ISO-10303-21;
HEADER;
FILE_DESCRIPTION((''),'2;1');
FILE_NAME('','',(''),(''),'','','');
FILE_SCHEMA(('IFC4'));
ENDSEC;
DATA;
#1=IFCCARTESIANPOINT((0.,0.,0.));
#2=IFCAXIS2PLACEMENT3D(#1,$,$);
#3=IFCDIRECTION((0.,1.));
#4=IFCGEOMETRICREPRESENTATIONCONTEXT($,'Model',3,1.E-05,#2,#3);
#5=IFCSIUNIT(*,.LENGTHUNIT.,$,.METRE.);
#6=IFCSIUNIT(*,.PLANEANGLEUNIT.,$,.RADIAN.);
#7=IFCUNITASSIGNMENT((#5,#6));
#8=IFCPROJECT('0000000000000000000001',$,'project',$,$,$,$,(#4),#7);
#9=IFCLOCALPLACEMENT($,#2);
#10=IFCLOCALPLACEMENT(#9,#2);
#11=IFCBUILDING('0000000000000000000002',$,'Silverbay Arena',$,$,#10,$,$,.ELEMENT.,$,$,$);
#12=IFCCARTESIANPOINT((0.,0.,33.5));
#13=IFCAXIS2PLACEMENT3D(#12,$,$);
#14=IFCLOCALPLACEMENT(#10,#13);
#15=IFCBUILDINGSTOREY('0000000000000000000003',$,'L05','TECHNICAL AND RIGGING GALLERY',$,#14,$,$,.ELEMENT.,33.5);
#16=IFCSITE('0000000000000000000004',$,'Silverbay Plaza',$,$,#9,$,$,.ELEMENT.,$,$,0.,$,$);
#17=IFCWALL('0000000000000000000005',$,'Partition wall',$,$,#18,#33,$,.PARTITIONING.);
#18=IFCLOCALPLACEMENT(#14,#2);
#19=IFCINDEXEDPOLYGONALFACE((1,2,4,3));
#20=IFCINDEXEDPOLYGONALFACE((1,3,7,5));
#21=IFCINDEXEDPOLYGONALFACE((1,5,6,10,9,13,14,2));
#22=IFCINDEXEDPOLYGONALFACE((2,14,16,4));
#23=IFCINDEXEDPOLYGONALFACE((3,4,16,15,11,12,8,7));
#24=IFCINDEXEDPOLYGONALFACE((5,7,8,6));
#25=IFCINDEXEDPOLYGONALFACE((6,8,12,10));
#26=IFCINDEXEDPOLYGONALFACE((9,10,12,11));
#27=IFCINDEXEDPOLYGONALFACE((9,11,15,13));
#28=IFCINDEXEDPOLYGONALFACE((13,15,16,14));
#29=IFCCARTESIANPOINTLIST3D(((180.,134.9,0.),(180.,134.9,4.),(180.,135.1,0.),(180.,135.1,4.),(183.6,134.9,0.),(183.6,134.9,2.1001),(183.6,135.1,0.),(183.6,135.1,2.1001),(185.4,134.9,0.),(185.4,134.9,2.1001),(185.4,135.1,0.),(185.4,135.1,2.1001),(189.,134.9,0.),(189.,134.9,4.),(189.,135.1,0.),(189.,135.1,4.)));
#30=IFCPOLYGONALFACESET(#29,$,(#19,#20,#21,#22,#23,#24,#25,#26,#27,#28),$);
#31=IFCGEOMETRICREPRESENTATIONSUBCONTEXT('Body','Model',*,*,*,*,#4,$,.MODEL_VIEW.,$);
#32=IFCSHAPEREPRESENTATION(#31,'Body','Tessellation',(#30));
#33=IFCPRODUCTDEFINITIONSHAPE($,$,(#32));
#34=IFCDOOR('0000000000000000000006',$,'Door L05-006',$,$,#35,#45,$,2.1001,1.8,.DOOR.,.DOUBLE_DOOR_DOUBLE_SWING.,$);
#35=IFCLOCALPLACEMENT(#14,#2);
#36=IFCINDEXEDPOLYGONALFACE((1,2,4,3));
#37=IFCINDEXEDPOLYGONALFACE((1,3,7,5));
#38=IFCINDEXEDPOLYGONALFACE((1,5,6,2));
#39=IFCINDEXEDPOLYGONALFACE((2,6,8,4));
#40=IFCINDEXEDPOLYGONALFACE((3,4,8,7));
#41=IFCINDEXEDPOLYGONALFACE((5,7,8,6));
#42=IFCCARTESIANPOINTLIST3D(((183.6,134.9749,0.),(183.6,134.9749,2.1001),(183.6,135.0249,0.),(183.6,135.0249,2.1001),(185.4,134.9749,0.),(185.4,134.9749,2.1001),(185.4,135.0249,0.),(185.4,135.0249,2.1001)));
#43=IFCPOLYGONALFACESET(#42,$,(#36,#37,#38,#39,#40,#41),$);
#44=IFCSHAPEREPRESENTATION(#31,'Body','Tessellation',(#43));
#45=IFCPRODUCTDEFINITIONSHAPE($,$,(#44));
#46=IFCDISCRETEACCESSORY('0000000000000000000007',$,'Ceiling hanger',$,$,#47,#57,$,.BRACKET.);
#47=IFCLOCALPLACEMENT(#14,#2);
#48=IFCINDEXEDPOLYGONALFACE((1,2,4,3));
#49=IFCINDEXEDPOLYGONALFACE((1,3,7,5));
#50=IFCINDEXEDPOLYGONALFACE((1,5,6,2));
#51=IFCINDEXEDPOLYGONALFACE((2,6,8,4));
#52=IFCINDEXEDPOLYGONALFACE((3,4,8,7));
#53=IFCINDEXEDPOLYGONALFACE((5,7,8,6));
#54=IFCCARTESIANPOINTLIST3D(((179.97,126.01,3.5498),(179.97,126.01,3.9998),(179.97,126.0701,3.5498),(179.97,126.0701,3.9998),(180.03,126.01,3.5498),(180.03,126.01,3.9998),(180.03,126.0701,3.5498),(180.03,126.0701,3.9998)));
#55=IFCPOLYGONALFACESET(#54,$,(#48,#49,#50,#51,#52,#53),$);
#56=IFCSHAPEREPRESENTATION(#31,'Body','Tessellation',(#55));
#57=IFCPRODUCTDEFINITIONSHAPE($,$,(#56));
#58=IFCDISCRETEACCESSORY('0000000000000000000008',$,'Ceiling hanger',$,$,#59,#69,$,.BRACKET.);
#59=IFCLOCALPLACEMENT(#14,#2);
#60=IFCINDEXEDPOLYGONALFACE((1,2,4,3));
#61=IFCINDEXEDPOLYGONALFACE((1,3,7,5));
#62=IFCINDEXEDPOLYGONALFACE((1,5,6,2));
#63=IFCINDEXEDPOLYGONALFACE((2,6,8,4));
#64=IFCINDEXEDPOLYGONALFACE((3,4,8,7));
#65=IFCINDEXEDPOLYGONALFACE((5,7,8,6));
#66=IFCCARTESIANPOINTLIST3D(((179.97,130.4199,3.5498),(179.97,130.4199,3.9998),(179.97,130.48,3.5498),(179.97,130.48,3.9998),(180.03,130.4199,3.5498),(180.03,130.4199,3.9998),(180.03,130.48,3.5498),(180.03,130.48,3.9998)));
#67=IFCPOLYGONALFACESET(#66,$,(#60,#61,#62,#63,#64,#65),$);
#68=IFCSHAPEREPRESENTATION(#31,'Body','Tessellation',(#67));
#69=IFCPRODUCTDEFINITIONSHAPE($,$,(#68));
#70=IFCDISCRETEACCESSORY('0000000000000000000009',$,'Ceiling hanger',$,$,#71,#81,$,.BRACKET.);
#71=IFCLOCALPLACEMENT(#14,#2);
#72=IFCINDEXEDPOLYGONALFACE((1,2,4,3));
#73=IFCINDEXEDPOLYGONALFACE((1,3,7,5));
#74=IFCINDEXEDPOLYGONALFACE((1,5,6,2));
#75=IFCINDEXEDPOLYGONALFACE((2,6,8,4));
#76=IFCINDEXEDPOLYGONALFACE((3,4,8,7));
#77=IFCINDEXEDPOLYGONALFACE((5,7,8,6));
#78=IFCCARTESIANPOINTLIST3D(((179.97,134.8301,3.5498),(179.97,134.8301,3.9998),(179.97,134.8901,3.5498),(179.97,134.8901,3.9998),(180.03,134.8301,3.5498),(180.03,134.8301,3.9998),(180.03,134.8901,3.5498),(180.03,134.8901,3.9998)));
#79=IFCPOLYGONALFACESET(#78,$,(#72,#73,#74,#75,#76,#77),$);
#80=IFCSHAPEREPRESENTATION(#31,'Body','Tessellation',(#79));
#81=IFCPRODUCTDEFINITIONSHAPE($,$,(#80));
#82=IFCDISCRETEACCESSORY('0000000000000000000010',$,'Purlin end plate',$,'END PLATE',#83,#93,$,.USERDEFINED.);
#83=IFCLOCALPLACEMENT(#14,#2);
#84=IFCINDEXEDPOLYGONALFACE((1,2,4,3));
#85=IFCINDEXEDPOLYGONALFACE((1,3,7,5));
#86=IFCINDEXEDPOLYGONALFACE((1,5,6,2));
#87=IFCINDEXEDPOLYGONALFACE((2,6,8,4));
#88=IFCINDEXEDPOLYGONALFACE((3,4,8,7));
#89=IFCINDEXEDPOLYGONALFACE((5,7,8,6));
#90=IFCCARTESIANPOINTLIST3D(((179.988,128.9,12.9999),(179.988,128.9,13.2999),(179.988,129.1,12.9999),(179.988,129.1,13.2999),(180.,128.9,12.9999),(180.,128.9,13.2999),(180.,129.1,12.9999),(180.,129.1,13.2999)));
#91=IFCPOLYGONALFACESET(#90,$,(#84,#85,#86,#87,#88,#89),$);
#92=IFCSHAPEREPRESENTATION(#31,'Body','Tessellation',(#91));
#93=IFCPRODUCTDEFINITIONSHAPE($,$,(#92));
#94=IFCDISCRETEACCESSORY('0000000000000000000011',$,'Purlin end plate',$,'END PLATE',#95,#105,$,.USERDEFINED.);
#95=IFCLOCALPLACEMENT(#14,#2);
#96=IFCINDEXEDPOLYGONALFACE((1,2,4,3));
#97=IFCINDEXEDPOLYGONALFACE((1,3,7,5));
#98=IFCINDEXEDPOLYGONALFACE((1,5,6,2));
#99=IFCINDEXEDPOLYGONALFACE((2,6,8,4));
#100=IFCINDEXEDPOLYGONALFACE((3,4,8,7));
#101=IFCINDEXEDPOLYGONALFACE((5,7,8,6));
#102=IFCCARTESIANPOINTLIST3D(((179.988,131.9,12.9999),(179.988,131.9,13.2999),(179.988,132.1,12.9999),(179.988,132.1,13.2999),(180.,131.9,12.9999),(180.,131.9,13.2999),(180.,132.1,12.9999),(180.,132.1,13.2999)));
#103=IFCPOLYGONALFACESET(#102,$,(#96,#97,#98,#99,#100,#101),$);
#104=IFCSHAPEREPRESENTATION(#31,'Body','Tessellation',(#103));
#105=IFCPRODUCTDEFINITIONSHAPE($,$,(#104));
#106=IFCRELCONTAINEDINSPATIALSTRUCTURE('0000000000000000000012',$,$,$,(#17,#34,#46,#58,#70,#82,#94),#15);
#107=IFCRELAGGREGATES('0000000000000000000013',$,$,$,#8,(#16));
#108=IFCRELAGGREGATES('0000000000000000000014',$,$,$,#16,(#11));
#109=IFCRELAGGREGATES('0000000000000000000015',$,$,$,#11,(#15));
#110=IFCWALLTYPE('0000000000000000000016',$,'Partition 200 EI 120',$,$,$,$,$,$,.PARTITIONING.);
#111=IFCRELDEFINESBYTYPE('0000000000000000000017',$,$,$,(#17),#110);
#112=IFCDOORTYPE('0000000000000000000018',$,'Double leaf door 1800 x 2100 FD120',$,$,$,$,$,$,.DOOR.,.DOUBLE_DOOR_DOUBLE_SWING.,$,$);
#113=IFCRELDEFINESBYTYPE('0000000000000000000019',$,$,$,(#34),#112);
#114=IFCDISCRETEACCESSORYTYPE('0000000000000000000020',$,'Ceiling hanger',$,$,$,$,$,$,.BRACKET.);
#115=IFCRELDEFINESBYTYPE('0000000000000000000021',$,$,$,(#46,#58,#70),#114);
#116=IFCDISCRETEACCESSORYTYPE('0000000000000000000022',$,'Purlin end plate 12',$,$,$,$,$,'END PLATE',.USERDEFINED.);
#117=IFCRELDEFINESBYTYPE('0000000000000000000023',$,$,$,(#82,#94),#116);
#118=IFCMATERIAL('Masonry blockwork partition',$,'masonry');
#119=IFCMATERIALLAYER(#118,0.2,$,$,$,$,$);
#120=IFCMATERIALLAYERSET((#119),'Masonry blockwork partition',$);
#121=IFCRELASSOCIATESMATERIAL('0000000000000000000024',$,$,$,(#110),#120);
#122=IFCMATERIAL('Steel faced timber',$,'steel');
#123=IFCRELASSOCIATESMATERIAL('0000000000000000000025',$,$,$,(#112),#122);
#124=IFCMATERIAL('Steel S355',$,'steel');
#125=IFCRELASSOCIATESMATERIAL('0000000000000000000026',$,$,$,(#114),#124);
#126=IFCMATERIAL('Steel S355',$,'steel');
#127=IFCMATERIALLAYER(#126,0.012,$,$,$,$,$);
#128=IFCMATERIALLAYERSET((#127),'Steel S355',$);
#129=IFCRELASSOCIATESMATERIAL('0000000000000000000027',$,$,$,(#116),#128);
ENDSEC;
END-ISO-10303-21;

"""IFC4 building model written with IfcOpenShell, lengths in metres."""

from ifc_helpers import new_model, si_unit, direction, frame, frame_2d, origin, origin_2d, place, context, subcontext, project, spatial, rectangle, extrude, material, layer, layer_set, type_object, element, fill, save


model = new_model("IFC4")

# Units and contexts
model_context = context("Model", 3, precision=1e-05, world=origin(), true_north=direction((0.0, 1.0)))
body_context = subcontext(model_context, "Body", "Model", "MODEL_VIEW")
ifc_project = project(units=[si_unit("LENGTHUNIT", "METRE"), si_unit("PLANEANGLEUNIT", "RADIAN")], contexts=[model_context])

# Site, building, storey
site_placement = place(None, origin())
site = spatial("IfcSite", under=ifc_project, at=site_placement, Name="Silverbay Plaza", CompositionType="ELEMENT", RefElevation=0.0)
building_placement = place(site_placement, origin())
building = spatial("IfcBuilding", under=site, at=building_placement, Name="Silverbay Arena", CompositionType="ELEMENT")
storey_placement = place(building_placement, frame((0.0, 0.0, 33.5)))
storey = spatial("IfcBuildingStorey", under=building, at=storey_placement, Name="L05", Description="TECHNICAL AND RIGGING GALLERY", CompositionType="ELEMENT", Elevation=33.5)

# Wall, opening, door
ifc_material_1 = material(Name="Masonry blockwork partition", Category="masonry")
ifc_layer_1 = layer(ifc_material_1, 0.2)
ifc_layer_set_1 = layer_set([ifc_layer_1], Name="Masonry blockwork partition")
wall_type_1 = type_object("IfcWallType", Name="Partition 200 EI 120", PredefinedType="PARTITIONING", material=ifc_layer_set_1)
wall_1_placement = place(storey_placement, frame((180.0, 135.0, 0.0), z_axis=(0.0, 0.0, 1.0), x_axis=(1.0, 0.0, 0.0)))
wall_1 = element("IfcWall", 1, at=wall_1_placement, inside=storey, type_object=wall_type_1, Name="Partition wall", PredefinedType="PARTITIONING", context=body_context, shape_type="SweptSolid", body=[
    extrude(rectangle(XDim=9.0, YDim=0.2, at=frame_2d((4.5, 0.0))), origin(), (0.0, 0.0, 1.0), 4.0),
])
opening_1_placement = place(wall_1_placement, frame((3.6001, 0.0, 0.0)))
opening_1 = element("IfcOpeningElement", 2, at=opening_1_placement, cuts=wall_1, PredefinedType="OPENING", context=body_context, shape_type="SweptSolid", body=[
    extrude(rectangle(XDim=1.8, YDim=2.1001, at=frame_2d((0.8999, 1.05))), frame((0.0, 0.1099, 0.0), z_axis=(0.0, -1.0, 0.0), x_axis=(1.0, 0.0, 0.0)), (0.0, 0.0, 1.0), 0.22),
])
ifc_material_2 = material(Name="Steel faced timber", Category="steel")
door_type_1 = type_object("IfcDoorType", Name="Double leaf door 1800 x 2100 FD120", OperationType="DOUBLE_DOOR_DOUBLE_SWING", PredefinedType="DOOR", material=ifc_material_2)
door_1_placement = place(opening_1_placement, origin())
door_1 = element("IfcDoor", 3, at=door_1_placement, inside=storey, type_object=door_type_1, Name="Door L05-006", OperationType="DOUBLE_DOOR_DOUBLE_SWING", OverallHeight=2.1001, OverallWidth=1.8, PredefinedType="DOOR", context=body_context, shape_type="SweptSolid", body=[
    extrude(rectangle(XDim=1.8, YDim=2.1001, at=frame_2d((0.8999, 1.05))), frame((0.0, 0.0249, 0.0), z_axis=(0.0, -1.0, 0.0), x_axis=(1.0, 0.0, 0.0)), (0.0, 0.0, 1.0), 0.05),
])
fill(opening_1, door_1)

# Discrete accessories
ifc_material_3 = material(Name="Steel S355", Category="steel")
discrete_accessory_type_1 = type_object("IfcDiscreteAccessoryType", Name="Ceiling hanger", PredefinedType="BRACKET", material=ifc_material_3)
for number, where, z_axis, x_axis, name in (
    (4, (180.0, 126.04, 3.5498), (0.0, 0.0, 1.0), (1.0, 0.0, 0.0), "Ceiling hanger"),
    (5, (180.0, 130.45, 3.5498), (0.0, 0.0, 1.0), (1.0, 0.0, 0.0), "Ceiling hanger"),
    (6, (180.0, 134.8601, 3.5498), (0.0, 0.0, 1.0), (1.0, 0.0, 0.0), "Ceiling hanger"),
):
    element("IfcDiscreteAccessory", number, at=place(storey_placement, frame(where, z_axis=z_axis, x_axis=x_axis)), inside=storey, type_object=discrete_accessory_type_1, Name=name, PredefinedType="BRACKET", context=body_context, shape_type="SweptSolid", body=[
        extrude(rectangle(XDim=0.0601, YDim=0.0601, at=origin_2d()), origin(), (0.0, 0.0, 1.0), 0.45),
    ])
ifc_material_4 = material(Name="Steel S355", Category="steel")
ifc_layer_2 = layer(ifc_material_4, 0.012)
ifc_layer_set_2 = layer_set([ifc_layer_2], Name="Steel S355")
discrete_accessory_type_2 = type_object("IfcDiscreteAccessoryType", Name="Purlin end plate 12", ElementType="END PLATE", PredefinedType="USERDEFINED", material=ifc_layer_set_2)
for number, where, z_axis, x_axis, name in (
    (7, (180.0, 129.0, 13.1499), (-1.0, 0.0, 0.0), (0.0, -1.0, 0.0), "Purlin end plate"),
    (8, (180.0, 132.0, 13.1499), (-1.0, 0.0, 0.0), (0.0, -1.0, 0.0), "Purlin end plate"),
):
    element("IfcDiscreteAccessory", number, at=place(storey_placement, frame(where, z_axis=z_axis, x_axis=x_axis)), inside=storey, type_object=discrete_accessory_type_2, Name=name, ObjectType="END PLATE", PredefinedType="USERDEFINED", context=body_context, shape_type="SweptSolid", body=[
        extrude(rectangle(XDim=0.2, YDim=0.3, at=origin_2d()), origin(), (0.0, 0.0, 1.0), 0.012),
    ])

save(model, "model.ifc")
